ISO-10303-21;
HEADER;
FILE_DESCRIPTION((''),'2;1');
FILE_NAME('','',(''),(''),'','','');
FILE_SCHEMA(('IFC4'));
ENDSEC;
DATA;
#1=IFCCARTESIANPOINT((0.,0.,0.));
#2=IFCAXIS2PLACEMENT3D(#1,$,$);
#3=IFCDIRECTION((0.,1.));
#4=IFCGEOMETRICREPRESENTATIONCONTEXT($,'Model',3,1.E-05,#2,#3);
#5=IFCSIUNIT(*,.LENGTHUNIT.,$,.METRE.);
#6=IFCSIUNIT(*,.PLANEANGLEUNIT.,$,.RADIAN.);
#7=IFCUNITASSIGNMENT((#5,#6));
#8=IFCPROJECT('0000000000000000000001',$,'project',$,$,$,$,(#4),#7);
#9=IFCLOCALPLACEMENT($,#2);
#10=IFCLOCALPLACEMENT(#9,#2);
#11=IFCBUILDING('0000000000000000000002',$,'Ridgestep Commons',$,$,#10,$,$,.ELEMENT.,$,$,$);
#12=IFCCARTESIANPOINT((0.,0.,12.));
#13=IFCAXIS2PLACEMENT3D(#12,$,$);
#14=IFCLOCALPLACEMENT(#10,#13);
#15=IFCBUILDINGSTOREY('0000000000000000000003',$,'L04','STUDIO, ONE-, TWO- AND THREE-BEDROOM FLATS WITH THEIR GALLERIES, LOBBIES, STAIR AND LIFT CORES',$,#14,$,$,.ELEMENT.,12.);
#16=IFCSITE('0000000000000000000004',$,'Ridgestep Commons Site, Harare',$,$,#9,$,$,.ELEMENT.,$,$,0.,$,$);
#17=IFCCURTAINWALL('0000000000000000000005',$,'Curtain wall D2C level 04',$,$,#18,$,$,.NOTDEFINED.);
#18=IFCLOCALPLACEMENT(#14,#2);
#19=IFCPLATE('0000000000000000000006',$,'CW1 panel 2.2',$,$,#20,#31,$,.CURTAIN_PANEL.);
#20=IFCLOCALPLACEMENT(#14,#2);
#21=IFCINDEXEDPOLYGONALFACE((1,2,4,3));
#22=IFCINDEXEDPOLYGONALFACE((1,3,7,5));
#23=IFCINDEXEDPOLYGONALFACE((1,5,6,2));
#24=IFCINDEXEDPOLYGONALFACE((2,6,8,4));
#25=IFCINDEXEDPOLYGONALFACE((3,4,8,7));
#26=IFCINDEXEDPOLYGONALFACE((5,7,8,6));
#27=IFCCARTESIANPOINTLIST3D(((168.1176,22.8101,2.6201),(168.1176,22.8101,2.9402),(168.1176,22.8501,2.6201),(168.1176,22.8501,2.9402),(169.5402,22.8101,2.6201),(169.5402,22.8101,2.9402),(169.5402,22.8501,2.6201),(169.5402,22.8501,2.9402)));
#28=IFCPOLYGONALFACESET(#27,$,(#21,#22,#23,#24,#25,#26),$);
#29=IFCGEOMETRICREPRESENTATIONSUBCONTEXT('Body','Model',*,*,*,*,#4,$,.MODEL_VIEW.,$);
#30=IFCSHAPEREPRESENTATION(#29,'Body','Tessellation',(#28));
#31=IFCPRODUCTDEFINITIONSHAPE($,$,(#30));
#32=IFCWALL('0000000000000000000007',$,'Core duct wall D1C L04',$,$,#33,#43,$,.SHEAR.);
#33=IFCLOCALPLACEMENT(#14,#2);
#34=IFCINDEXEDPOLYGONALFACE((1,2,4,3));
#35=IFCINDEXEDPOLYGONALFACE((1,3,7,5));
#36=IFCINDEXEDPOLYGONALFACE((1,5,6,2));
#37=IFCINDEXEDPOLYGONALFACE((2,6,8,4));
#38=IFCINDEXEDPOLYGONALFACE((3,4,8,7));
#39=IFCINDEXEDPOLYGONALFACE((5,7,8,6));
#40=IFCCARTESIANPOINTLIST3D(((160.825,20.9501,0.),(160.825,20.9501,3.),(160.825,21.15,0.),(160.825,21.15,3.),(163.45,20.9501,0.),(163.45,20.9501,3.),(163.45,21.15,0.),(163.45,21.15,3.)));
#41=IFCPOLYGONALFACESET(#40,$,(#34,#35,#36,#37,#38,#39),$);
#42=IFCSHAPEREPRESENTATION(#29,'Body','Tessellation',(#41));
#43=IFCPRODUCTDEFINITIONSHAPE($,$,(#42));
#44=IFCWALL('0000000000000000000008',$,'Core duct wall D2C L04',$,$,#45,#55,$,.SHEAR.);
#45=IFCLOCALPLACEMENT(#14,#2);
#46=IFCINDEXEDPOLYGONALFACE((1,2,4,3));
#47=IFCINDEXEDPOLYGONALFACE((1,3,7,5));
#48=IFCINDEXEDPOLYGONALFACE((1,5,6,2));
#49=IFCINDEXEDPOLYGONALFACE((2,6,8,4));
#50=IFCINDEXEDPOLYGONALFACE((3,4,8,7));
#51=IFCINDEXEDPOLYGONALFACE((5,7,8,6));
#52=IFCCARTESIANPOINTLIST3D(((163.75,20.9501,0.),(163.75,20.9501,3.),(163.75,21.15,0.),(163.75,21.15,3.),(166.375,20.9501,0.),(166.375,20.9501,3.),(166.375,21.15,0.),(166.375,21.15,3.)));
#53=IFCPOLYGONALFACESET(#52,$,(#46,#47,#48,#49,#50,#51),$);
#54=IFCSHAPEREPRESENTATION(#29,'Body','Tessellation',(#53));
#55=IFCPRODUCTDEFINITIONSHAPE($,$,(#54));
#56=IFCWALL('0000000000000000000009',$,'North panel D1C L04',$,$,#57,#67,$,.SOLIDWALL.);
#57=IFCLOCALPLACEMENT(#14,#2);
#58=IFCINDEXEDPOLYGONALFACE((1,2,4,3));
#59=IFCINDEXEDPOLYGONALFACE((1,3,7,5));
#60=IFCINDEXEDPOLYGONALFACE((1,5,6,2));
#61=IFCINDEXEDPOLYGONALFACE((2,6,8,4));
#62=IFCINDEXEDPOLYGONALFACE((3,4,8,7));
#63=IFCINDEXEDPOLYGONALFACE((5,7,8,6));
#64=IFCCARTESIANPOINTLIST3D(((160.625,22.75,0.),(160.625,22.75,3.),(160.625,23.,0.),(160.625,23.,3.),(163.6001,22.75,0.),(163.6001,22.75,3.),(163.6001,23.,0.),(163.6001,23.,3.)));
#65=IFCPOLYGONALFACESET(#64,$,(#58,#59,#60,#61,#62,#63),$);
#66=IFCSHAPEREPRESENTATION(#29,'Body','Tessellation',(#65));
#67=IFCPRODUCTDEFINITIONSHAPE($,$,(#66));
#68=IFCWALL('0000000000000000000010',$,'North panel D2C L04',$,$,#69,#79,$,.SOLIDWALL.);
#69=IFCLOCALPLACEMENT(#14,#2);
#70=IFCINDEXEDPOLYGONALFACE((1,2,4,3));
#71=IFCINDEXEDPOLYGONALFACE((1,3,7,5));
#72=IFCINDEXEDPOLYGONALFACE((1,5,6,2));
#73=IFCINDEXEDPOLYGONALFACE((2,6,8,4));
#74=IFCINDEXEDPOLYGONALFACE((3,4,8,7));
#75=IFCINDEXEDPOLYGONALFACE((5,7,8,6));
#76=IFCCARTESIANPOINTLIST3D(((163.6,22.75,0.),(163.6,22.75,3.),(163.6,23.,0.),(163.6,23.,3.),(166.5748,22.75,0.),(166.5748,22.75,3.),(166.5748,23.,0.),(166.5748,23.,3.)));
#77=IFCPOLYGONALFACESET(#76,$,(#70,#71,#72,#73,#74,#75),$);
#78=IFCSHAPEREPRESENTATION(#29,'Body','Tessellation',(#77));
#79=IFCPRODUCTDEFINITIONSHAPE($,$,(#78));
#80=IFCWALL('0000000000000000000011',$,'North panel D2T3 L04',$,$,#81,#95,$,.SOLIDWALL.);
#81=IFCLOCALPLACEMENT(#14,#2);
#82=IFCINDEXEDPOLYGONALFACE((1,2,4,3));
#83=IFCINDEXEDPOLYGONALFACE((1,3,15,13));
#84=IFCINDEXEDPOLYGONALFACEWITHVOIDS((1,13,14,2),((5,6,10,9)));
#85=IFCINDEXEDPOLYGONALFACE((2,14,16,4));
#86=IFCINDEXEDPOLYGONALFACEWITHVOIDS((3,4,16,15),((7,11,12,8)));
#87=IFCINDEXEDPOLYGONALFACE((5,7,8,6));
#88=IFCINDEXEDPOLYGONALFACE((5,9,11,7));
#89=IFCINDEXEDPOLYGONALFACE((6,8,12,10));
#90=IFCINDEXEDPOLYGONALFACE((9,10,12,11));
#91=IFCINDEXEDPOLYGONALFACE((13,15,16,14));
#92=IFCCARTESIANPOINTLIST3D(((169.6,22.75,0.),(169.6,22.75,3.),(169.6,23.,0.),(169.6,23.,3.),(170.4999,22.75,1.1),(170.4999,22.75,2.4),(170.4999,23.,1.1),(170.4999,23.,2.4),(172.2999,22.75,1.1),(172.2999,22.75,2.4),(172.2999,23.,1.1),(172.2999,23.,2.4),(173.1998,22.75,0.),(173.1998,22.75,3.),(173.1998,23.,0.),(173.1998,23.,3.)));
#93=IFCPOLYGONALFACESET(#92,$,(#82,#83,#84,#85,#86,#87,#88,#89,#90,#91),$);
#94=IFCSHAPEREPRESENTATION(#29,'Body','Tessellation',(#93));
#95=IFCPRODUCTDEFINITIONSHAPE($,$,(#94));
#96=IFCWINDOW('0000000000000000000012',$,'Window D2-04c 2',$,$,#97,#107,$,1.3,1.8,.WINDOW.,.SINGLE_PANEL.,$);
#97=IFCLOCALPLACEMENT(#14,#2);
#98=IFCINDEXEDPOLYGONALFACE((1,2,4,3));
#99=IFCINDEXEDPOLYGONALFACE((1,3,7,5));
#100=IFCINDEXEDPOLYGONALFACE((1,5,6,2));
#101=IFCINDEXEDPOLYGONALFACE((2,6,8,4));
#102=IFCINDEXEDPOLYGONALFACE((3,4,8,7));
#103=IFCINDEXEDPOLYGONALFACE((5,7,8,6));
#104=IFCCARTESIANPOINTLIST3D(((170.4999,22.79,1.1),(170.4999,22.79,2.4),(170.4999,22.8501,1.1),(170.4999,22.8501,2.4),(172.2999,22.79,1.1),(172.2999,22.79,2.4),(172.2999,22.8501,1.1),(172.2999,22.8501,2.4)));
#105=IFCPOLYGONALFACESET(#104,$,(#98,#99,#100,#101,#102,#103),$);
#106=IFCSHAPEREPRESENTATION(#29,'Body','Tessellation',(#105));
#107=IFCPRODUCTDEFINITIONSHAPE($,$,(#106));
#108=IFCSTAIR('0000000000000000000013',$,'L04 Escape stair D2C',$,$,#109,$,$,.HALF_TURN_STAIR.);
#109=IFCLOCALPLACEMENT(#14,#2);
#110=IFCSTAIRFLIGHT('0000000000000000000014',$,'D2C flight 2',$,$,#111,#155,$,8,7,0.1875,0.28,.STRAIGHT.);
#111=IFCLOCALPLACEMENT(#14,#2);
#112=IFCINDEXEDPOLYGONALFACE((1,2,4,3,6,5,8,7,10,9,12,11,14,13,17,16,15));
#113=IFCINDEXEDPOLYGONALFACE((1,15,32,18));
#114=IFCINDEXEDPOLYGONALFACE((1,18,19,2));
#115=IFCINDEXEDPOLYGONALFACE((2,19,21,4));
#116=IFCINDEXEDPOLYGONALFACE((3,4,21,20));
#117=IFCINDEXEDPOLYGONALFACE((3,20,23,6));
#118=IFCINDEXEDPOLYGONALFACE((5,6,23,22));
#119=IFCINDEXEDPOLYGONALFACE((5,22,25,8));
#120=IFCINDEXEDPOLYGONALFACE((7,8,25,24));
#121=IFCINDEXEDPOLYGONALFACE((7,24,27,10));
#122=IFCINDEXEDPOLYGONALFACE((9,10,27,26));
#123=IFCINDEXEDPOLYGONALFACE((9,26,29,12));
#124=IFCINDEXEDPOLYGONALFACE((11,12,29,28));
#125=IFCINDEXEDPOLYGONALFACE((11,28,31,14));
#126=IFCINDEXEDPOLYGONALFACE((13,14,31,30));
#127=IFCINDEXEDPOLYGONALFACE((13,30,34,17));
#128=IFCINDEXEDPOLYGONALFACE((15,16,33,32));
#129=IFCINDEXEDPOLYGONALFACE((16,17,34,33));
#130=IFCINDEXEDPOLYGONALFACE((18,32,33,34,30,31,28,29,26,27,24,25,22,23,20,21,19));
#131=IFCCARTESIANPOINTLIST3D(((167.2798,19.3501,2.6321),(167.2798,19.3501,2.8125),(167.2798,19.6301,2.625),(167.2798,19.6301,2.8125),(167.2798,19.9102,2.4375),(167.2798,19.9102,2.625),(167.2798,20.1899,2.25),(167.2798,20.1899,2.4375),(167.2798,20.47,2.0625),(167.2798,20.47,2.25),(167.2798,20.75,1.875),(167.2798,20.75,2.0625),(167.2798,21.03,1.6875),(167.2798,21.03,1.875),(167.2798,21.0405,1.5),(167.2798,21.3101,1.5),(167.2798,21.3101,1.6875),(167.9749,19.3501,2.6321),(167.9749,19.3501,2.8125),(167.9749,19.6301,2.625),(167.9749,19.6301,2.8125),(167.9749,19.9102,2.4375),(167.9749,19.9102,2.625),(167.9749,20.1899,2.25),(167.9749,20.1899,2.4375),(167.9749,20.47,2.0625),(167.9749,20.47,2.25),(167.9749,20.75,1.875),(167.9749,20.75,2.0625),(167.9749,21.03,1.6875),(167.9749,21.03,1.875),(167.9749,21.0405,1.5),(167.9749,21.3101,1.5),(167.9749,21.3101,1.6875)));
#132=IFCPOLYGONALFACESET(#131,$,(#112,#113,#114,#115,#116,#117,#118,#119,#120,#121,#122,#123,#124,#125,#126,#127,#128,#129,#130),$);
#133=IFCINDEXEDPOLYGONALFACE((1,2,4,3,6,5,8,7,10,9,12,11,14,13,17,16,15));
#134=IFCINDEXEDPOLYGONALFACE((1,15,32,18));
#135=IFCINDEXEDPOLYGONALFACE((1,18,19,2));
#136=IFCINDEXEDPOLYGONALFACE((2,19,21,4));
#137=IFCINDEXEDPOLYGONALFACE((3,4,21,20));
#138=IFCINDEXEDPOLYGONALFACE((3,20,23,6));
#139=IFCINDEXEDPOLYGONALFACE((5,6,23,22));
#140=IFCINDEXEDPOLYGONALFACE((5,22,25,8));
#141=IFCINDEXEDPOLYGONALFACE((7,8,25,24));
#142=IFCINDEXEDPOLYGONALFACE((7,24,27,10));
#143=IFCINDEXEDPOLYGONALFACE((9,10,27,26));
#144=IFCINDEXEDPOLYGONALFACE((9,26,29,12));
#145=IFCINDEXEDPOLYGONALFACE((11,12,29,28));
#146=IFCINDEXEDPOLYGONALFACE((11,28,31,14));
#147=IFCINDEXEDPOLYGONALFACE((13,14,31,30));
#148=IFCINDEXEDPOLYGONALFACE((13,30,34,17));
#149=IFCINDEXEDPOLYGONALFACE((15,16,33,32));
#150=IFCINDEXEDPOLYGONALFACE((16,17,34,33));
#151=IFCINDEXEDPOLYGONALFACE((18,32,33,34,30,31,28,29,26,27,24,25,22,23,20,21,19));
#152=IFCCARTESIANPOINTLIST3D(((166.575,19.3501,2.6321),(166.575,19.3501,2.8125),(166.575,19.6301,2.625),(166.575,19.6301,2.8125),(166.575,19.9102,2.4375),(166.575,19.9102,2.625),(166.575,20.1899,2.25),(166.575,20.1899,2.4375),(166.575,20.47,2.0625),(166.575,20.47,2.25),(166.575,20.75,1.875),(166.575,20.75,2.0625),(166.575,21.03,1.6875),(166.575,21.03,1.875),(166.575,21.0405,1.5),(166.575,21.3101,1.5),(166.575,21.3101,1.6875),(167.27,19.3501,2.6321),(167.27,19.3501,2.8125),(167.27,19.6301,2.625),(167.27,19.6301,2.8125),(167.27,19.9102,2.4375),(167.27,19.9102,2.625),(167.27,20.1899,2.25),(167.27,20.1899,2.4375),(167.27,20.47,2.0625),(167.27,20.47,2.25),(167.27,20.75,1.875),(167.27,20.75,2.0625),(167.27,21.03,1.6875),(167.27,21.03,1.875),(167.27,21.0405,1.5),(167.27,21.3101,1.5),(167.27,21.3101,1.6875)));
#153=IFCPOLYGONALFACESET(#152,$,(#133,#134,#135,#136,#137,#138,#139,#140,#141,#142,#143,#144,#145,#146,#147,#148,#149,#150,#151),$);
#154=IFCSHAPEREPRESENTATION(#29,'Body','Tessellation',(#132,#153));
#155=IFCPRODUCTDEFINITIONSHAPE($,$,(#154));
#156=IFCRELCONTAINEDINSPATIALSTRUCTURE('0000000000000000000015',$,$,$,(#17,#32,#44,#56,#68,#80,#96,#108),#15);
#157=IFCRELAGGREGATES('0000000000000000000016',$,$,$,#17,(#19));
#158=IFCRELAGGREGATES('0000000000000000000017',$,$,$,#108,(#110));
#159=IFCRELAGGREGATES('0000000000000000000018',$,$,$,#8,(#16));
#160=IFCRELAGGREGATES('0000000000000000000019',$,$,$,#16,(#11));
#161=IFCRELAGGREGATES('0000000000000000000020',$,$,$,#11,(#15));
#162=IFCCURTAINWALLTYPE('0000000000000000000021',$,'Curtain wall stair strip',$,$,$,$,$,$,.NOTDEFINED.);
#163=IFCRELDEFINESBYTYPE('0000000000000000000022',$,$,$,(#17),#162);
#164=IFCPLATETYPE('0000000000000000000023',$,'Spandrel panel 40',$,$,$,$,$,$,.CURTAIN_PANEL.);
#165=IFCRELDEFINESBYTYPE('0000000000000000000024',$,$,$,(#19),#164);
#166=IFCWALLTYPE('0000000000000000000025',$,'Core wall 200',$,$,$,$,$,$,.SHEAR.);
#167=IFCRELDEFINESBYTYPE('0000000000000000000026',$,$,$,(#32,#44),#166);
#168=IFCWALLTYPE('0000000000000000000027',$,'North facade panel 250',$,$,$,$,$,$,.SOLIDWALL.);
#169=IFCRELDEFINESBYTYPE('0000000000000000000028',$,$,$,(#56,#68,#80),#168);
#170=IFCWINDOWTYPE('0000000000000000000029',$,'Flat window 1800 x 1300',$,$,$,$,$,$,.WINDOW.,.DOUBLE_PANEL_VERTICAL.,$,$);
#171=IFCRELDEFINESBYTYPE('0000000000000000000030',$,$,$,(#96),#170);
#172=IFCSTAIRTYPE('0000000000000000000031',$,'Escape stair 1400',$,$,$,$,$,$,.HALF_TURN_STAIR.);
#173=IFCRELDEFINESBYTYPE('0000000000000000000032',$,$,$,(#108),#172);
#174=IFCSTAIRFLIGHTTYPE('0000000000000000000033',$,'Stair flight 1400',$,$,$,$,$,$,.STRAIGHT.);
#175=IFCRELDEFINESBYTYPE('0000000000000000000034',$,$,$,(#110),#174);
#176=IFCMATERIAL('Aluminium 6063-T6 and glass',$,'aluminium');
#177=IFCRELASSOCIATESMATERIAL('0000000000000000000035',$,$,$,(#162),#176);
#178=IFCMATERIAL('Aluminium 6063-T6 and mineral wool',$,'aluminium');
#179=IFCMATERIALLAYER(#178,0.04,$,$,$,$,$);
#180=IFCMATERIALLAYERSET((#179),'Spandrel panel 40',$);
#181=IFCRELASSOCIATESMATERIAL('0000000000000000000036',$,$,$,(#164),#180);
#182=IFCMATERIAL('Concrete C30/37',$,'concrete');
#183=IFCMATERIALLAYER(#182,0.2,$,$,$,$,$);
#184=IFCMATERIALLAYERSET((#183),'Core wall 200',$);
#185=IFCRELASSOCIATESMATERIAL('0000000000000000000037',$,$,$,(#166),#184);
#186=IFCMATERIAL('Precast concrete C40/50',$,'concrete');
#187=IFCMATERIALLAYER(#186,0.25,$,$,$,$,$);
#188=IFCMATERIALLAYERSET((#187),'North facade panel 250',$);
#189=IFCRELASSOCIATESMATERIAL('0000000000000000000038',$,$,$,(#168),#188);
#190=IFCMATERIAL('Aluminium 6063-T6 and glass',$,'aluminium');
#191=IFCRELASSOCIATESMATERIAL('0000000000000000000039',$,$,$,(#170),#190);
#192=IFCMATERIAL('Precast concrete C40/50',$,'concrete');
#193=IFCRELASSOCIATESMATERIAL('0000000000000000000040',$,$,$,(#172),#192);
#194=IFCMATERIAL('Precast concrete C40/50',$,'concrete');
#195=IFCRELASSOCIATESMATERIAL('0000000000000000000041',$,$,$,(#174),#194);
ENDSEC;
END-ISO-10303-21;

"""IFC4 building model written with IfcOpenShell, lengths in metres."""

from ifc_helpers import new_model, si_unit, direction, frame, frame_2d, origin, origin_2d, place, context, subcontext, project, spatial, polyline, rectangle, outline, extrude, material, layer, layer_set, type_object, element, fill, aggregate, save


model = new_model("IFC4")

# Units and contexts
model_context = context("Model", 3, precision=1e-05, world=origin(), true_north=direction((0.0, 1.0)))
body_context = subcontext(model_context, "Body", "Model", "MODEL_VIEW")
ifc_project = project(units=[si_unit("LENGTHUNIT", "METRE"), si_unit("PLANEANGLEUNIT", "RADIAN")], contexts=[model_context])

# Site, building, storey
site_placement = place(None, origin())
site = spatial("IfcSite", under=ifc_project, at=site_placement, Name="Ridgestep Commons Site, Harare", CompositionType="ELEMENT", RefElevation=0.0)
building_placement = place(site_placement, origin())
building = spatial("IfcBuilding", under=site, at=building_placement, Name="Ridgestep Commons", CompositionType="ELEMENT")
storey_placement = place(building_placement, frame((0.0, 0.0, 12.0)))
storey = spatial("IfcBuildingStorey", under=building, at=storey_placement, Name="L04", Description="STUDIO, ONE-, TWO- AND THREE-BEDROOM FLATS WITH THEIR GALLERIES, LOBBIES, STAIR AND LIFT CORES", CompositionType="ELEMENT", Elevation=12.0)

# Shared definitions
ifc_material_1 = material(Name="Aluminium 6063-T6 and glass", Category="aluminium")
curtain_wall_type = type_object("IfcCurtainWallType", Name="Curtain wall stair strip", PredefinedType="NOTDEFINED", material=ifc_material_1)

# Curtain wall
curtain_wall_1_placement = place(storey_placement, origin())
curtain_wall_1 = element("IfcCurtainWall", 1, at=curtain_wall_1_placement, inside=storey, type_object=curtain_wall_type, Name="Curtain wall D2C level 04", PredefinedType="NOTDEFINED")

# Plate
ifc_material_2 = material(Name="Aluminium 6063-T6 and mineral wool", Category="aluminium")
ifc_layer_1 = layer(ifc_material_2, 0.04)
ifc_layer_set_1 = layer_set([ifc_layer_1], Name="Spandrel panel 40")
plate_type_1 = type_object("IfcPlateType", Name="Spandrel panel 40", PredefinedType="CURTAIN_PANEL", material=ifc_layer_set_1)
plate_1_placement = place(storey_placement, frame((168.8289, 22.8301, 2.6201), z_axis=(0.0, 0.0, 1.0), x_axis=(1.0, 0.0, 0.0)))
plate_1 = element("IfcPlate", 2, at=plate_1_placement, type_object=plate_type_1, Name="CW1 panel 2.2", PredefinedType="CURTAIN_PANEL", context=body_context, shape_type="SweptSolid", body=[
    extrude(rectangle(XDim=1.4226, YDim=0.04, at=origin_2d()), origin(), (0.0, 0.0, 1.0), 0.3201),
])
aggregate(curtain_wall_1, [plate_1])

# Walls
ifc_material_3 = material(Name="Concrete C30/37", Category="concrete")
ifc_layer_2 = layer(ifc_material_3, 0.2)
ifc_layer_set_2 = layer_set([ifc_layer_2], Name="Core wall 200")
wall_type_1 = type_object("IfcWallType", Name="Core wall 200", PredefinedType="SHEAR", material=ifc_layer_set_2)
for number, where, z_axis, x_axis, name in (
    (3, (160.825, 21.05, 0.0), (0.0, 0.0, 1.0), (1.0, 0.0, 0.0), "Core duct wall D1C L04"),
    (4, (163.75, 21.05, 0.0), (0.0, 0.0, 1.0), (1.0, 0.0, 0.0), "Core duct wall D2C L04"),
):
    element("IfcWall", number, at=place(storey_placement, frame(where, z_axis=z_axis, x_axis=x_axis)), inside=storey, type_object=wall_type_1, Name=name, PredefinedType="SHEAR", context=body_context, shape_type="SweptSolid", body=[
        extrude(rectangle(XDim=2.625, YDim=0.2, at=frame_2d((1.3125, 0.0))), origin(), (0.0, 0.0, 1.0), 3.0),
    ])
ifc_material_4 = material(Name="Precast concrete C40/50", Category="concrete")
ifc_layer_3 = layer(ifc_material_4, 0.25)
ifc_layer_set_3 = layer_set([ifc_layer_3], Name="North facade panel 250")
wall_type_2 = type_object("IfcWallType", Name="North facade panel 250", PredefinedType="SOLIDWALL", material=ifc_layer_set_3)
wall_1_placement = place(storey_placement, frame((160.625, 22.875, 0.0), z_axis=(0.0, 0.0, 1.0), x_axis=(1.0, 0.0, 0.0)))
element("IfcWall", 5, at=wall_1_placement, inside=storey, type_object=wall_type_2, Name="North panel D1C L04", PredefinedType="SOLIDWALL", context=body_context, shape_type="SweptSolid", body=[
    extrude(rectangle(XDim=2.9751, YDim=0.25, at=frame_2d((1.4875, 0.0))), origin(), (0.0, 0.0, 1.0), 3.0),
])
wall_2_placement = place(storey_placement, frame((163.6001, 22.875, 0.0), z_axis=(0.0, 0.0, 1.0), x_axis=(1.0, 0.0, 0.0)))
element("IfcWall", 6, at=wall_2_placement, inside=storey, type_object=wall_type_2, Name="North panel D2C L04", PredefinedType="SOLIDWALL", context=body_context, shape_type="SweptSolid", body=[
    extrude(rectangle(XDim=2.9749, YDim=0.25, at=frame_2d((1.4873, 0.0))), origin(), (0.0, 0.0, 1.0), 3.0),
])

# Wall, opening, window
wall_3_placement = place(storey_placement, frame((169.6001, 22.875, 0.0), z_axis=(0.0, 0.0, 1.0), x_axis=(1.0, 0.0, 0.0)))
wall_3 = element("IfcWall", 7, at=wall_3_placement, inside=storey, type_object=wall_type_2, Name="North panel D2T3 L04", PredefinedType="SOLIDWALL", context=body_context, shape_type="SweptSolid", body=[
    extrude(rectangle(XDim=3.5999, YDim=0.25, at=frame_2d((1.7998, 0.0))), origin(), (0.0, 0.0, 1.0), 3.0),
])
opening_placement = place(wall_3_placement, frame((0.8999, 0.0, 1.1001)))
opening = element("IfcOpeningElement", 8, at=opening_placement, cuts=wall_3, PredefinedType="OPENING", context=body_context, shape_type="SweptSolid", body=[
    extrude(rectangle(XDim=1.8, YDim=1.3, at=frame_2d((0.8999, 0.6499))), frame((0.0, 0.135, 0.0), z_axis=(0.0, -1.0, 0.0), x_axis=(1.0, 0.0, 0.0)), (0.0, 0.0, 1.0), 0.27),
])
ifc_material_5 = material(Name="Aluminium 6063-T6 and glass", Category="aluminium")
window_type = type_object("IfcWindowType", Name="Flat window 1800 x 1300", PartitioningType="DOUBLE_PANEL_VERTICAL", PredefinedType="WINDOW", material=ifc_material_5)
window_placement = place(opening_placement, origin())
window = element("IfcWindow", 9, at=window_placement, inside=storey, type_object=window_type, Name="Window D2-04c 2", OverallHeight=1.3, OverallWidth=1.8, PartitioningType="SINGLE_PANEL", PredefinedType="WINDOW", context=body_context, shape_type="SweptSolid", body=[
    extrude(rectangle(XDim=1.8, YDim=1.3, at=frame_2d((0.8999, 0.6499))), frame((0.0, -0.0249, 0.0), z_axis=(0.0, -1.0, 0.0), x_axis=(1.0, 0.0, 0.0)), (0.0, 0.0, 1.0), 0.0601),
])
fill(opening, window)

# Stair, stair flight
ifc_material_6 = material(Name="Precast concrete C40/50", Category="concrete")
stair_type = type_object("IfcStairType", Name="Escape stair 1400", PredefinedType="HALF_TURN_STAIR", material=ifc_material_6)
stair_placement = place(storey_placement, origin())
stair = element("IfcStair", 10, at=stair_placement, inside=storey, type_object=stair_type, Name="L04 Escape stair D2C", PredefinedType="HALF_TURN_STAIR")
ifc_material_7 = material(Name="Precast concrete C40/50", Category="concrete")
stair_flight_type = type_object("IfcStairFlightType", Name="Stair flight 1400", PredefinedType="STRAIGHT", material=ifc_material_7)
stair_flight_placement = place(storey_placement, frame((167.2749, 21.3101, 1.5), z_axis=(0.0, 0.0, 1.0), x_axis=(0.0, -1.0, 0.0)))
stair_flight = element("IfcStairFlight", 11, at=stair_flight_placement, type_object=stair_flight_type, Name="D2C flight 2", NumberOfRisers=8, NumberOfTreads=7, PredefinedType="STRAIGHT", RiserHeight=0.1875, TreadLength=0.28, context=body_context, shape_type="SweptSolid", body=[
    extrude(outline(polyline([(0.0, 0.0), (0.0, 0.1875), (0.28, 0.1875), (0.28, 0.375), (0.5601, 0.375), (0.5601, 0.5625), (0.8401, 0.5625), (0.8401, 0.75), (1.1201, 0.75), (1.1201, 0.9375), (1.3999, 0.9375), (1.3999, 1.125), (1.6799, 1.125), (1.6799, 1.3125), (1.96, 1.3125), (1.96, 1.5), (1.96, 1.1321), (0.2695, 0.0), (0.0, 0.0)])), frame((0.0, 0.7, 0.0), z_axis=(0.0, -1.0, 0.0), x_axis=(1.0, 0.0, 0.0)), (0.0, 0.0, 1.0), 0.6951),
    extrude(outline(polyline([(0.0, 0.0), (0.0, 0.1875), (0.28, 0.1875), (0.28, 0.375), (0.5601, 0.375), (0.5601, 0.5625), (0.8401, 0.5625), (0.8401, 0.75), (1.1201, 0.75), (1.1201, 0.9375), (1.3999, 0.9375), (1.3999, 1.125), (1.6799, 1.125), (1.6799, 1.3125), (1.96, 1.3125), (1.96, 1.5), (1.96, 1.1321), (0.2695, 0.0), (0.0, 0.0)])), frame((0.0, -0.0049, 0.0), z_axis=(0.0, -1.0, 0.0), x_axis=(1.0, 0.0, 0.0)), (0.0, 0.0, 1.0), 0.6951),
])
aggregate(stair, [stair_flight])

save(model, "model.ifc")
